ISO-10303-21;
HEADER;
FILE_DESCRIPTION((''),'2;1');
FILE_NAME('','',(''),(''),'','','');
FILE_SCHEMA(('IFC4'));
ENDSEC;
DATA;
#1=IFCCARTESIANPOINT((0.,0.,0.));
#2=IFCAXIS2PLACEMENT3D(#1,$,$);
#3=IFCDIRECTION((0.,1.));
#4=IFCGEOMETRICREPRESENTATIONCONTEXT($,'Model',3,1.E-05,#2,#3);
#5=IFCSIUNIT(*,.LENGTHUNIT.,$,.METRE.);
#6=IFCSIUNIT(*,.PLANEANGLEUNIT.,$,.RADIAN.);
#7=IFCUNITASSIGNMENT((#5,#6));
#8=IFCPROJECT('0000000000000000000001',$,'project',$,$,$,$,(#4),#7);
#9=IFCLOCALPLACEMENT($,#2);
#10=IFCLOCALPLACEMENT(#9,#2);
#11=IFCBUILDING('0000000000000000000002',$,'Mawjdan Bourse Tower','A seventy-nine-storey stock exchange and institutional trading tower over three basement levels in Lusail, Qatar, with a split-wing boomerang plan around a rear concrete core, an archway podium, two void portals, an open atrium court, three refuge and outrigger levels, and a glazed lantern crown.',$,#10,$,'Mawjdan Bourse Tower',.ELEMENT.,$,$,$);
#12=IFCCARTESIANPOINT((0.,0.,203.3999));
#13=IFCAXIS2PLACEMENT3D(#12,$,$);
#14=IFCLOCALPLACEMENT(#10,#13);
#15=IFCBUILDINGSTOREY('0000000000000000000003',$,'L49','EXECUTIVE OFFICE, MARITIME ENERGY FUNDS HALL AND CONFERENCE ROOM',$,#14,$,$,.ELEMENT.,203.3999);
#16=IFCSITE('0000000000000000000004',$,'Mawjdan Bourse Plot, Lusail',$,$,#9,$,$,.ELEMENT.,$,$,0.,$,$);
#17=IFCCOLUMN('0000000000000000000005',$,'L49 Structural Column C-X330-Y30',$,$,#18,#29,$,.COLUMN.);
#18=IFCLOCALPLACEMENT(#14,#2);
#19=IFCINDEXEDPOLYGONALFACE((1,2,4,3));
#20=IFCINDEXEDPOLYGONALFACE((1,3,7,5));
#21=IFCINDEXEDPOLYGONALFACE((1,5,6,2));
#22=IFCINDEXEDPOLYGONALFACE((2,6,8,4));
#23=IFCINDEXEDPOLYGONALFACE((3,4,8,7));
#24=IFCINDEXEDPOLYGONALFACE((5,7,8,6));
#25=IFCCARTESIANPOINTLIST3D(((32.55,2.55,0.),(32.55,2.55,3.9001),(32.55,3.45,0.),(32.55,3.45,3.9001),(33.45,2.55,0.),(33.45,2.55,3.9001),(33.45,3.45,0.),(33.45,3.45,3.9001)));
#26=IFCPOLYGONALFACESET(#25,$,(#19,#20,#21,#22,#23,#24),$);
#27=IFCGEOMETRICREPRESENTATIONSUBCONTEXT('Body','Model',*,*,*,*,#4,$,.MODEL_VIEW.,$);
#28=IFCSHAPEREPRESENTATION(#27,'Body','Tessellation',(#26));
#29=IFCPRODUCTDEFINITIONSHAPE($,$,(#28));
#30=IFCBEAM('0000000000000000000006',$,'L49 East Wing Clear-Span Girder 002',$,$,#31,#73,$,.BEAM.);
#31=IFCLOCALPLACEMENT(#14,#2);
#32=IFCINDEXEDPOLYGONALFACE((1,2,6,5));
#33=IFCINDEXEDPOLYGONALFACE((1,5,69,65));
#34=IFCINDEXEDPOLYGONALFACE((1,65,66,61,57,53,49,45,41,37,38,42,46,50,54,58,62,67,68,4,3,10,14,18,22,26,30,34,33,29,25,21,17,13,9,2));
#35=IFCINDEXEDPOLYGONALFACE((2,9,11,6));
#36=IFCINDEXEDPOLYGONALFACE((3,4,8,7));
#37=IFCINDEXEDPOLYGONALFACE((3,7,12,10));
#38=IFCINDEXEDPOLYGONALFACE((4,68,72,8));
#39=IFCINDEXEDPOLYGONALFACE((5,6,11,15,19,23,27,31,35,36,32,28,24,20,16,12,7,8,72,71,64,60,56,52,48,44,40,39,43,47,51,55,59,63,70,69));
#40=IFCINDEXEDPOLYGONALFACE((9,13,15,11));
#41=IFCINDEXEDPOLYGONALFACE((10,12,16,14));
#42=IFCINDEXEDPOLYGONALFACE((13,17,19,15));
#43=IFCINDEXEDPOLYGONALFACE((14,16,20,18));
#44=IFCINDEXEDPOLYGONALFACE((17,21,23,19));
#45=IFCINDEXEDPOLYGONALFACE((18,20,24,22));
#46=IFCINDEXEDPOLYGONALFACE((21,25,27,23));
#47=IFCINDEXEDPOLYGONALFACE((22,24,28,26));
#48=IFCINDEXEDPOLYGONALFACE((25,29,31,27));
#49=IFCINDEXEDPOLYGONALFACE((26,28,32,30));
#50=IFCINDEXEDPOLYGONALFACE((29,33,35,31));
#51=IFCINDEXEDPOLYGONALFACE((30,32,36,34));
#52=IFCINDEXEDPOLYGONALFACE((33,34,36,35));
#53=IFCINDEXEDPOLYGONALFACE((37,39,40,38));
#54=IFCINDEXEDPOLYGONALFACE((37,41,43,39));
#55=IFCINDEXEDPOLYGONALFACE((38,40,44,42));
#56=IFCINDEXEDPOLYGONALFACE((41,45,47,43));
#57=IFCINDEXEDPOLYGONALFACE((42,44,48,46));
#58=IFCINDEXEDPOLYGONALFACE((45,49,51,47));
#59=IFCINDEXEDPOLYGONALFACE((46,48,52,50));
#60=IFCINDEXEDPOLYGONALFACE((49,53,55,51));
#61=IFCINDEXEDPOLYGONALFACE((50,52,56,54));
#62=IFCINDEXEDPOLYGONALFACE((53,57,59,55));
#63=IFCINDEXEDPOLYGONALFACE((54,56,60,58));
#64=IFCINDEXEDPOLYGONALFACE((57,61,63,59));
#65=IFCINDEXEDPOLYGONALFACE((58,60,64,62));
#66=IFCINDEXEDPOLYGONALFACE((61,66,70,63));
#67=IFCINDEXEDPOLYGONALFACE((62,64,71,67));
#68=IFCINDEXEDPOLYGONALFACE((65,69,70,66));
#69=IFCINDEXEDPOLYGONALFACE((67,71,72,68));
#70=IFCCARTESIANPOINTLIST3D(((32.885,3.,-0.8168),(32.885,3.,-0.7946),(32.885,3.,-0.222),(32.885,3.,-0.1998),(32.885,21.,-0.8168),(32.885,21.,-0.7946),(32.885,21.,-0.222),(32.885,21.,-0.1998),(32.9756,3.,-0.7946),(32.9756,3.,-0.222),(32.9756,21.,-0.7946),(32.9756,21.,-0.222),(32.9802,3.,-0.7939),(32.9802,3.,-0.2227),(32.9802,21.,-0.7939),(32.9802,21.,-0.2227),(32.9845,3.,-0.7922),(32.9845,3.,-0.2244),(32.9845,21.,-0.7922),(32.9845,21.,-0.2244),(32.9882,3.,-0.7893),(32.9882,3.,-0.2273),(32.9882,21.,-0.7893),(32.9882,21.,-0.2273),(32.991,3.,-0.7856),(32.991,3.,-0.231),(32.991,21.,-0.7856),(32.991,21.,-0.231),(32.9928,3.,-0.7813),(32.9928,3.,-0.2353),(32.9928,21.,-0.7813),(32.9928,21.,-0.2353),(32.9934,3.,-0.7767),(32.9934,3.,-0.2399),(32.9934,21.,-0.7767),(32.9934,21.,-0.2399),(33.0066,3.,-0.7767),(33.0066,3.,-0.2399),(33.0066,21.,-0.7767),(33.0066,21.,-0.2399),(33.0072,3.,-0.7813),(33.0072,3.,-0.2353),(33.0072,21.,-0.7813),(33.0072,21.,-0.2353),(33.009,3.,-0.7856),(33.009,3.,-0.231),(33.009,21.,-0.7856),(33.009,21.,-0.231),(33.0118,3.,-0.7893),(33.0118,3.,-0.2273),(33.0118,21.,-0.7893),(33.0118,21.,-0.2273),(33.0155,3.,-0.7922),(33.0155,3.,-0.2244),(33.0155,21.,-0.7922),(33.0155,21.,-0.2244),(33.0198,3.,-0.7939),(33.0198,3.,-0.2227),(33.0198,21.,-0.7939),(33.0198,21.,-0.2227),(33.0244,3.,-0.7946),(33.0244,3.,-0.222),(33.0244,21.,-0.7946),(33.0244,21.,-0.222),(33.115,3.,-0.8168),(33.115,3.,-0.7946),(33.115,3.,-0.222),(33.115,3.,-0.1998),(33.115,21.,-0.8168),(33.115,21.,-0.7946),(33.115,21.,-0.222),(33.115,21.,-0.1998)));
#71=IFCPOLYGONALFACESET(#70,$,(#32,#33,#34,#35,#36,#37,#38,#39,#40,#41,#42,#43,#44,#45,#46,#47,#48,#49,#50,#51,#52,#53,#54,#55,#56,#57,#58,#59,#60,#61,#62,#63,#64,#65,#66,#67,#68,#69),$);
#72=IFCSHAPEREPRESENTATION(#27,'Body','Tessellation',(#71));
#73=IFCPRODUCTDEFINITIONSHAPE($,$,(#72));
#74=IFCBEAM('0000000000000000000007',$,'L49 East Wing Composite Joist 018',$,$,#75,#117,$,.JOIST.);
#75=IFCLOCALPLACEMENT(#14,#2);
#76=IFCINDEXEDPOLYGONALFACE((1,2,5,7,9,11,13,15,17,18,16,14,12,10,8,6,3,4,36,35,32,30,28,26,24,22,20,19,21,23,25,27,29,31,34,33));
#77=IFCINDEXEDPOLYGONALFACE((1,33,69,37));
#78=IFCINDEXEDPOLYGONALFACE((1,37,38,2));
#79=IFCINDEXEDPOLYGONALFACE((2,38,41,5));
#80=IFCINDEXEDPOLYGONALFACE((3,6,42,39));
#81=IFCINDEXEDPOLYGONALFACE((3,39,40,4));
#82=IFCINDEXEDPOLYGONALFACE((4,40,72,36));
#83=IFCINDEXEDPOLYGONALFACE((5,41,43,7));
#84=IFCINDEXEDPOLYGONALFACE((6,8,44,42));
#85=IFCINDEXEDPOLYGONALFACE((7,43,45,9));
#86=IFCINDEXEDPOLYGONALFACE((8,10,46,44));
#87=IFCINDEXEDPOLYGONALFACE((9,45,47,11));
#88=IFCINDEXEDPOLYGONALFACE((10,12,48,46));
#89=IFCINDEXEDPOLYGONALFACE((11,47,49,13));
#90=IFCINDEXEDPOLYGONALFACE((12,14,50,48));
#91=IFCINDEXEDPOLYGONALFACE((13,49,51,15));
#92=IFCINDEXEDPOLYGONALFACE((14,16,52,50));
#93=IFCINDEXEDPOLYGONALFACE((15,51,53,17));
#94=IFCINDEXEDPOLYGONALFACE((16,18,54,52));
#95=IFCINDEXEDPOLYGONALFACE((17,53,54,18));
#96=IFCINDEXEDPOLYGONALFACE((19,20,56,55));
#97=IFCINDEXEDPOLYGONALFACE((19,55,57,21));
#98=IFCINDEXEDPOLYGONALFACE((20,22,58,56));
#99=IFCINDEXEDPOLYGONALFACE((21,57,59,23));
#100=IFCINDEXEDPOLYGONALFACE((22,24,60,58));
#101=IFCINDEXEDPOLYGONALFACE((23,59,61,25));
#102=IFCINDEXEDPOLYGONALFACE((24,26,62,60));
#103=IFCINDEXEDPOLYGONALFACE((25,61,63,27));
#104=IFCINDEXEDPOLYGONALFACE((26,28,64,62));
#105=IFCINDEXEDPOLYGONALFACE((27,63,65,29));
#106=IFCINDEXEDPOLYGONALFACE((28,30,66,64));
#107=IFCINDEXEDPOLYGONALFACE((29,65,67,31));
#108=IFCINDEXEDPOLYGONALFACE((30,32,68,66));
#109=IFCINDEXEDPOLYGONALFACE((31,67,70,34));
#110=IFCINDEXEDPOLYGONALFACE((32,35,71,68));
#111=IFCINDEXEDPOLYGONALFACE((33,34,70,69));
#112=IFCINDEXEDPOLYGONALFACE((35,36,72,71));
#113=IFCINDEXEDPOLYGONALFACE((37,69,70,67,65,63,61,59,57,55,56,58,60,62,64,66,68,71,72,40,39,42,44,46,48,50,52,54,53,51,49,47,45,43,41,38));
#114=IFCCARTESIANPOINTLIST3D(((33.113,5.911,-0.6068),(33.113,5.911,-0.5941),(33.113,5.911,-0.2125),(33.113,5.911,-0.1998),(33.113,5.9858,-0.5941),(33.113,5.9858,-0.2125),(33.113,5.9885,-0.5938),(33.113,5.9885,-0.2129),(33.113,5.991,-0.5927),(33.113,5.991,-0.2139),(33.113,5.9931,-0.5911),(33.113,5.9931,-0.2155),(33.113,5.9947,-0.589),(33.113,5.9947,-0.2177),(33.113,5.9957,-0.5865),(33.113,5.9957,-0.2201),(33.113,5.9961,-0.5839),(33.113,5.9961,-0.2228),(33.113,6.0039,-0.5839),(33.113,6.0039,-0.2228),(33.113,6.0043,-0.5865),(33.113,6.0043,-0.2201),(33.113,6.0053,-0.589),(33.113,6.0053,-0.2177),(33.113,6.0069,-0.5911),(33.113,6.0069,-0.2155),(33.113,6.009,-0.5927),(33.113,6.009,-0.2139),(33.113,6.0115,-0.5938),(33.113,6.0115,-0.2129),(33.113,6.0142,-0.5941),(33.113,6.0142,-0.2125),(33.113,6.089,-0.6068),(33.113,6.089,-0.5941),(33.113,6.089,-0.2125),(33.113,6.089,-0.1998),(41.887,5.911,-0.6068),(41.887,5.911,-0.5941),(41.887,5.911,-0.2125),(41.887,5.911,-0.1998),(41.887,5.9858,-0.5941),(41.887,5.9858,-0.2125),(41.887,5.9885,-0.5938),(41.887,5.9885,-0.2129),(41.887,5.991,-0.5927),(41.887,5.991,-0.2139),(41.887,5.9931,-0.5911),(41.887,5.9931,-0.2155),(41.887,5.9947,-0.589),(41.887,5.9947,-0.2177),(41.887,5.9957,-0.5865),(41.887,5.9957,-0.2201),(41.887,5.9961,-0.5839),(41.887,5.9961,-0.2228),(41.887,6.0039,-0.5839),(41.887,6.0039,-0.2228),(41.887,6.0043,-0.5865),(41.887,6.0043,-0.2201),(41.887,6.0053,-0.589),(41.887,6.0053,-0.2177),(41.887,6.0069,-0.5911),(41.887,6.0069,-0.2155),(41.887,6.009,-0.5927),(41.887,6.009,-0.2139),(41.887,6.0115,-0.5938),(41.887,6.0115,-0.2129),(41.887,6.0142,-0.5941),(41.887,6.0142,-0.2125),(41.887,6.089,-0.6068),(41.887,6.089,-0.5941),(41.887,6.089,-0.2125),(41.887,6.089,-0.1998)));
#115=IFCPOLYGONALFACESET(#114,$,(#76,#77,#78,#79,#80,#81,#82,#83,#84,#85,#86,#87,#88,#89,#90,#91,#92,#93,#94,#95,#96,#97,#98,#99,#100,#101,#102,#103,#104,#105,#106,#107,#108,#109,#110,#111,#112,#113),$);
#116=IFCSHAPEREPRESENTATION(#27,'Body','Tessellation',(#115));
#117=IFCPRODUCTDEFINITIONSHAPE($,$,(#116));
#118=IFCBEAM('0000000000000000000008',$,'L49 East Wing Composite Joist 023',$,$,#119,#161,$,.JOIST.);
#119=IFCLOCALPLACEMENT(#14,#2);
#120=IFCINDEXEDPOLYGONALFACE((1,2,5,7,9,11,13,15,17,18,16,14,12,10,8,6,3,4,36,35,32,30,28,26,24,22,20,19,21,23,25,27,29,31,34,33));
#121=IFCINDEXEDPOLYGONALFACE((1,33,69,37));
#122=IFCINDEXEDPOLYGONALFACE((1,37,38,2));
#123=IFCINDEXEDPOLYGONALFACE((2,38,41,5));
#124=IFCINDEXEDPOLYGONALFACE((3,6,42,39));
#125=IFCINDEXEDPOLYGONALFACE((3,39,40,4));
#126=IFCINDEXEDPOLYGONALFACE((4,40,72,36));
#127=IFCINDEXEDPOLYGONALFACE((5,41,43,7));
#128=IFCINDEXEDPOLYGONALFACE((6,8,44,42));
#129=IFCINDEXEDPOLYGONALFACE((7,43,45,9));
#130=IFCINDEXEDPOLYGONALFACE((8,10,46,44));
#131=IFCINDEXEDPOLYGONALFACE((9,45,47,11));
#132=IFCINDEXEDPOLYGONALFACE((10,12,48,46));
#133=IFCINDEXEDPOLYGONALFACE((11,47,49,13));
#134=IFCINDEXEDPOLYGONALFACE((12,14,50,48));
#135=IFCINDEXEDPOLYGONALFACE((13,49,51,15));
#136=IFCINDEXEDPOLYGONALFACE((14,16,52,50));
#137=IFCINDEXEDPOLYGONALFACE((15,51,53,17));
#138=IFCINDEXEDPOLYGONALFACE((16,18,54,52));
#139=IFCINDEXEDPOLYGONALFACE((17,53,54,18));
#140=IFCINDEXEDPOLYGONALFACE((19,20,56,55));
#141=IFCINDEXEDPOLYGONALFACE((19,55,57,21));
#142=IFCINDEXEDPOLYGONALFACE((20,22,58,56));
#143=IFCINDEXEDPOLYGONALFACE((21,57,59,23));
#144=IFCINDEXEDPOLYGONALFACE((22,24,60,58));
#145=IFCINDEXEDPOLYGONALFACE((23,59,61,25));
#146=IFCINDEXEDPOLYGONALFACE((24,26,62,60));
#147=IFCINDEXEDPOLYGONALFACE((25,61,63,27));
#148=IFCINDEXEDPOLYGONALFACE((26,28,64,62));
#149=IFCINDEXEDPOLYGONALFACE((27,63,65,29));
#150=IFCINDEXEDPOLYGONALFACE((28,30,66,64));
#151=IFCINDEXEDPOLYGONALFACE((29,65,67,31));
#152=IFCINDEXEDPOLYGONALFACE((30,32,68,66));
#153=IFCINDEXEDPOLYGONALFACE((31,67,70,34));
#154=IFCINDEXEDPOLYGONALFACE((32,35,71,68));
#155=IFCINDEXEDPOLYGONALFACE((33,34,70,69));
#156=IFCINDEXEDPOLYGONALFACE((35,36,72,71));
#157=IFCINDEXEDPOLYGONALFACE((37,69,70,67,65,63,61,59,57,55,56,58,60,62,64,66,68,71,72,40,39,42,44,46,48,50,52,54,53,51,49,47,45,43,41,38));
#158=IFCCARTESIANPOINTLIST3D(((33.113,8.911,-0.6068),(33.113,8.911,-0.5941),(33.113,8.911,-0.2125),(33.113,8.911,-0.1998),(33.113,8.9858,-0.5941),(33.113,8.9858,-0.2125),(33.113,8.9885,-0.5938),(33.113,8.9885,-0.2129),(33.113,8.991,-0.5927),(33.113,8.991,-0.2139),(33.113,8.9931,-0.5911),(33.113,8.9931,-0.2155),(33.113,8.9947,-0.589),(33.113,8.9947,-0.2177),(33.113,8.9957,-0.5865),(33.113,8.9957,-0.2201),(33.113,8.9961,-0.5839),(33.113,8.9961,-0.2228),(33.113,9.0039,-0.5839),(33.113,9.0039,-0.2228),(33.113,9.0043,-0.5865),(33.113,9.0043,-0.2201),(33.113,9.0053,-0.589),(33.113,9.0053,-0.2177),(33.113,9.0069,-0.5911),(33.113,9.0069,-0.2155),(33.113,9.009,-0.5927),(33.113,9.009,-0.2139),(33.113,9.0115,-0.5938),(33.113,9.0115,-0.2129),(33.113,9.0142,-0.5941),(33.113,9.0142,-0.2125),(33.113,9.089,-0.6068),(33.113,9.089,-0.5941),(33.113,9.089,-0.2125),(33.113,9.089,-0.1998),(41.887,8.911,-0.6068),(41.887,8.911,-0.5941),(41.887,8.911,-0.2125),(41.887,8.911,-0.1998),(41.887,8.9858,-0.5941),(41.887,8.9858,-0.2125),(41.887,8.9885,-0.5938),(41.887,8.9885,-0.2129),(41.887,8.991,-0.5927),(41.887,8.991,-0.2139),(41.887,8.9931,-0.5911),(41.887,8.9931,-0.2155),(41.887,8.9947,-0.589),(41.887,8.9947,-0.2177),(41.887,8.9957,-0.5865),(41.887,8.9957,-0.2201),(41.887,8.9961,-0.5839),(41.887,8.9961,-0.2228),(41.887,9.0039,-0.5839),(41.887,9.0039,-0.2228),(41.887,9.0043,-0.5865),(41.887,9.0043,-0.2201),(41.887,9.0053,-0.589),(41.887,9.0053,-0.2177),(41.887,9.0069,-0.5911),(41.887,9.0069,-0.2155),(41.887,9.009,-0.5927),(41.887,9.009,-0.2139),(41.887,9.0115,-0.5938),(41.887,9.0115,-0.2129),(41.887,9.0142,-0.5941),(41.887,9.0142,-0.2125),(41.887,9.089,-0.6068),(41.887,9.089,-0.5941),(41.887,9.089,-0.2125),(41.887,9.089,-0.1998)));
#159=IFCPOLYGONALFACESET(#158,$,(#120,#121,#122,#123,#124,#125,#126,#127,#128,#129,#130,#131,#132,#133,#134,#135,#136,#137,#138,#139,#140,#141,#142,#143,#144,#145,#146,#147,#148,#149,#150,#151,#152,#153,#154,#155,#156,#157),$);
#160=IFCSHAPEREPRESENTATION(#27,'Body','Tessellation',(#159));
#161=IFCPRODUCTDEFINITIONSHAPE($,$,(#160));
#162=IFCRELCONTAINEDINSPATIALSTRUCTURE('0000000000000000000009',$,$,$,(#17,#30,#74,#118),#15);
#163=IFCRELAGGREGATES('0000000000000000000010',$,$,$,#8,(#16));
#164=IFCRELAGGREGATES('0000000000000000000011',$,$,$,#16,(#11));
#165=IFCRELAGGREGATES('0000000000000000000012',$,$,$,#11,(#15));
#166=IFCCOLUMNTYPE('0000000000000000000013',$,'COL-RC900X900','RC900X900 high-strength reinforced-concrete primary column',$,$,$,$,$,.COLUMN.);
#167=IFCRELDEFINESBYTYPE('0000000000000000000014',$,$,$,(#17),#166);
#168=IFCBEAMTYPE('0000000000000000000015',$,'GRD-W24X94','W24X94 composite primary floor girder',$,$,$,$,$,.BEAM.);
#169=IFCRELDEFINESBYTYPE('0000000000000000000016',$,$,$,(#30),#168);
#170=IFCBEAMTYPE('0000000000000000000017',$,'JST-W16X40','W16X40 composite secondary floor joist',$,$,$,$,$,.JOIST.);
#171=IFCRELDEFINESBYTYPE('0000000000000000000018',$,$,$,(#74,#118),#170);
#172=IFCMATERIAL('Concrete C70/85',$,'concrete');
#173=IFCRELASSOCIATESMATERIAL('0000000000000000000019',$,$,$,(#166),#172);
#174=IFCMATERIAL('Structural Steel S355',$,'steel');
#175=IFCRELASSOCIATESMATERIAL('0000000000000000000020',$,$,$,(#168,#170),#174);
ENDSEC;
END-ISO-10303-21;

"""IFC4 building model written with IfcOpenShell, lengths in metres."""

from ifc_helpers import new_model, si_unit, direction, frame, origin, origin_2d, place, context, subcontext, project, spatial, rectangle, i_section, extrude, material, material_profile, profile_set, type_object, element, save


model = new_model("IFC4")

# Units and contexts
model_context = context("Model", 3, precision=1e-05, world=origin(), true_north=direction((0.0, 1.0)))
body_context = subcontext(model_context, "Body", "Model", "MODEL_VIEW")
ifc_project = project(units=[si_unit("LENGTHUNIT", "METRE"), si_unit("PLANEANGLEUNIT", "RADIAN")], contexts=[model_context])

# Site, building, storey
site_placement = place(None, origin())
site = spatial("IfcSite", under=ifc_project, at=site_placement, Name="Mawjdan Bourse Plot, Lusail", CompositionType="ELEMENT", RefElevation=0.0)
building_placement = place(site_placement, origin())
building = spatial("IfcBuilding", under=site, at=building_placement, Name="Mawjdan Bourse Tower", Description="A seventy-nine-storey stock exchange and institutional trading tower over three basement levels in Lusail, Qatar, with a split-wing boomerang plan around a rear concrete core, an archway podium, two void portals, an open atrium court, three refuge and outrigger levels, and a glazed lantern crown.", LongName="Mawjdan Bourse Tower", CompositionType="ELEMENT")
storey_placement = place(building_placement, frame((0.0, 0.0, 203.3999)))
storey = spatial("IfcBuildingStorey", under=building, at=storey_placement, Name="L49", Description="EXECUTIVE OFFICE, MARITIME ENERGY FUNDS HALL AND CONFERENCE ROOM", CompositionType="ELEMENT", Elevation=203.3999)

# Column
ifc_material_1 = material(Name="Concrete C70/85", Category="concrete")
ifc_material_profile_1 = material_profile(ifc_material_1, rectangle(XDim=0.8999, YDim=0.8999, at=origin_2d()), Name="RC900X900")
ifc_profile_set_1 = profile_set([ifc_material_profile_1], Name="Concrete C70/85")
column_type = type_object("IfcColumnType", Name="COL-RC900X900", Description="RC900X900 high-strength reinforced-concrete primary column", PredefinedType="COLUMN", material=ifc_profile_set_1)
column_placement = place(storey_placement, frame((33.0, 3.0, 0.0), z_axis=(0.0, 0.0, 1.0), x_axis=(1.0, 0.0, 0.0)))
element("IfcColumn", 1, at=column_placement, inside=storey, type_object=column_type, Name="L49 Structural Column C-X330-Y30", PredefinedType="COLUMN", context=body_context, shape_type="SweptSolid", body=[
    extrude(rectangle(XDim=0.8999, YDim=0.8999, at=origin_2d()), origin(), (0.0, 0.0, 1.0), 3.9001),
])

# Beams
ifc_material_2 = material(Name="Structural Steel S355", Category="steel")
ifc_material_profile_2 = material_profile(ifc_material_2, i_section(OverallWidth=0.23, OverallDepth=0.6169, WebThickness=0.0132, FlangeThickness=0.0222, FilletRadius=0.0178, at=origin_2d()), Name="W24X94")
ifc_profile_set_2 = profile_set([ifc_material_profile_2], Name="Structural Steel S355")
beam_type_1 = type_object("IfcBeamType", Name="GRD-W24X94", Description="W24X94 composite primary floor girder", PredefinedType="BEAM", material=ifc_profile_set_2)
beam_1_placement = place(storey_placement, frame((33.0, 3.0, -0.5083), z_axis=(0.0, 1.0, 0.0), x_axis=(-1.0, 0.0, 0.0)))
element("IfcBeam", 2, at=beam_1_placement, inside=storey, type_object=beam_type_1, Name="L49 East Wing Clear-Span Girder 002", PredefinedType="BEAM", context=body_context, shape_type="SweptSolid", body=[
    extrude(i_section(OverallWidth=0.23, OverallDepth=0.6169, WebThickness=0.0132, FlangeThickness=0.0222, FilletRadius=0.0178, at=origin_2d()), origin(), (0.0, 0.0, 1.0), 18.0),
])
ifc_material_profile_3 = material_profile(ifc_material_2, i_section(OverallWidth=0.178, OverallDepth=0.407, WebThickness=0.0078, FlangeThickness=0.0127, FilletRadius=0.0103, at=origin_2d()), Name="W16X40")
ifc_profile_set_3 = profile_set([ifc_material_profile_3], Name="Structural Steel S355")
beam_type_2 = type_object("IfcBeamType", Name="JST-W16X40", Description="W16X40 composite secondary floor joist", PredefinedType="JOIST", material=ifc_profile_set_3)
for number, where, z_axis, x_axis, name in (
    (3, (33.113, 6.0, -0.4033), (1.0, 0.0, 0.0), (0.0, 1.0, 0.0), "L49 East Wing Composite Joist 018"),
    (4, (33.113, 9.0, -0.4033), (1.0, 0.0, 0.0), (0.0, 1.0, 0.0), "L49 East Wing Composite Joist 023"),
):
    element("IfcBeam", number, at=place(storey_placement, frame(where, z_axis=z_axis, x_axis=x_axis)), inside=storey, type_object=beam_type_2, Name=name, PredefinedType="JOIST", context=body_context, shape_type="SweptSolid", body=[
        extrude(i_section(OverallWidth=0.178, OverallDepth=0.407, WebThickness=0.0078, FlangeThickness=0.0127, FilletRadius=0.0103, at=origin_2d()), origin(), (0.0, 0.0, 1.0), 8.7739),
    ])

save(model, "model.ifc")
